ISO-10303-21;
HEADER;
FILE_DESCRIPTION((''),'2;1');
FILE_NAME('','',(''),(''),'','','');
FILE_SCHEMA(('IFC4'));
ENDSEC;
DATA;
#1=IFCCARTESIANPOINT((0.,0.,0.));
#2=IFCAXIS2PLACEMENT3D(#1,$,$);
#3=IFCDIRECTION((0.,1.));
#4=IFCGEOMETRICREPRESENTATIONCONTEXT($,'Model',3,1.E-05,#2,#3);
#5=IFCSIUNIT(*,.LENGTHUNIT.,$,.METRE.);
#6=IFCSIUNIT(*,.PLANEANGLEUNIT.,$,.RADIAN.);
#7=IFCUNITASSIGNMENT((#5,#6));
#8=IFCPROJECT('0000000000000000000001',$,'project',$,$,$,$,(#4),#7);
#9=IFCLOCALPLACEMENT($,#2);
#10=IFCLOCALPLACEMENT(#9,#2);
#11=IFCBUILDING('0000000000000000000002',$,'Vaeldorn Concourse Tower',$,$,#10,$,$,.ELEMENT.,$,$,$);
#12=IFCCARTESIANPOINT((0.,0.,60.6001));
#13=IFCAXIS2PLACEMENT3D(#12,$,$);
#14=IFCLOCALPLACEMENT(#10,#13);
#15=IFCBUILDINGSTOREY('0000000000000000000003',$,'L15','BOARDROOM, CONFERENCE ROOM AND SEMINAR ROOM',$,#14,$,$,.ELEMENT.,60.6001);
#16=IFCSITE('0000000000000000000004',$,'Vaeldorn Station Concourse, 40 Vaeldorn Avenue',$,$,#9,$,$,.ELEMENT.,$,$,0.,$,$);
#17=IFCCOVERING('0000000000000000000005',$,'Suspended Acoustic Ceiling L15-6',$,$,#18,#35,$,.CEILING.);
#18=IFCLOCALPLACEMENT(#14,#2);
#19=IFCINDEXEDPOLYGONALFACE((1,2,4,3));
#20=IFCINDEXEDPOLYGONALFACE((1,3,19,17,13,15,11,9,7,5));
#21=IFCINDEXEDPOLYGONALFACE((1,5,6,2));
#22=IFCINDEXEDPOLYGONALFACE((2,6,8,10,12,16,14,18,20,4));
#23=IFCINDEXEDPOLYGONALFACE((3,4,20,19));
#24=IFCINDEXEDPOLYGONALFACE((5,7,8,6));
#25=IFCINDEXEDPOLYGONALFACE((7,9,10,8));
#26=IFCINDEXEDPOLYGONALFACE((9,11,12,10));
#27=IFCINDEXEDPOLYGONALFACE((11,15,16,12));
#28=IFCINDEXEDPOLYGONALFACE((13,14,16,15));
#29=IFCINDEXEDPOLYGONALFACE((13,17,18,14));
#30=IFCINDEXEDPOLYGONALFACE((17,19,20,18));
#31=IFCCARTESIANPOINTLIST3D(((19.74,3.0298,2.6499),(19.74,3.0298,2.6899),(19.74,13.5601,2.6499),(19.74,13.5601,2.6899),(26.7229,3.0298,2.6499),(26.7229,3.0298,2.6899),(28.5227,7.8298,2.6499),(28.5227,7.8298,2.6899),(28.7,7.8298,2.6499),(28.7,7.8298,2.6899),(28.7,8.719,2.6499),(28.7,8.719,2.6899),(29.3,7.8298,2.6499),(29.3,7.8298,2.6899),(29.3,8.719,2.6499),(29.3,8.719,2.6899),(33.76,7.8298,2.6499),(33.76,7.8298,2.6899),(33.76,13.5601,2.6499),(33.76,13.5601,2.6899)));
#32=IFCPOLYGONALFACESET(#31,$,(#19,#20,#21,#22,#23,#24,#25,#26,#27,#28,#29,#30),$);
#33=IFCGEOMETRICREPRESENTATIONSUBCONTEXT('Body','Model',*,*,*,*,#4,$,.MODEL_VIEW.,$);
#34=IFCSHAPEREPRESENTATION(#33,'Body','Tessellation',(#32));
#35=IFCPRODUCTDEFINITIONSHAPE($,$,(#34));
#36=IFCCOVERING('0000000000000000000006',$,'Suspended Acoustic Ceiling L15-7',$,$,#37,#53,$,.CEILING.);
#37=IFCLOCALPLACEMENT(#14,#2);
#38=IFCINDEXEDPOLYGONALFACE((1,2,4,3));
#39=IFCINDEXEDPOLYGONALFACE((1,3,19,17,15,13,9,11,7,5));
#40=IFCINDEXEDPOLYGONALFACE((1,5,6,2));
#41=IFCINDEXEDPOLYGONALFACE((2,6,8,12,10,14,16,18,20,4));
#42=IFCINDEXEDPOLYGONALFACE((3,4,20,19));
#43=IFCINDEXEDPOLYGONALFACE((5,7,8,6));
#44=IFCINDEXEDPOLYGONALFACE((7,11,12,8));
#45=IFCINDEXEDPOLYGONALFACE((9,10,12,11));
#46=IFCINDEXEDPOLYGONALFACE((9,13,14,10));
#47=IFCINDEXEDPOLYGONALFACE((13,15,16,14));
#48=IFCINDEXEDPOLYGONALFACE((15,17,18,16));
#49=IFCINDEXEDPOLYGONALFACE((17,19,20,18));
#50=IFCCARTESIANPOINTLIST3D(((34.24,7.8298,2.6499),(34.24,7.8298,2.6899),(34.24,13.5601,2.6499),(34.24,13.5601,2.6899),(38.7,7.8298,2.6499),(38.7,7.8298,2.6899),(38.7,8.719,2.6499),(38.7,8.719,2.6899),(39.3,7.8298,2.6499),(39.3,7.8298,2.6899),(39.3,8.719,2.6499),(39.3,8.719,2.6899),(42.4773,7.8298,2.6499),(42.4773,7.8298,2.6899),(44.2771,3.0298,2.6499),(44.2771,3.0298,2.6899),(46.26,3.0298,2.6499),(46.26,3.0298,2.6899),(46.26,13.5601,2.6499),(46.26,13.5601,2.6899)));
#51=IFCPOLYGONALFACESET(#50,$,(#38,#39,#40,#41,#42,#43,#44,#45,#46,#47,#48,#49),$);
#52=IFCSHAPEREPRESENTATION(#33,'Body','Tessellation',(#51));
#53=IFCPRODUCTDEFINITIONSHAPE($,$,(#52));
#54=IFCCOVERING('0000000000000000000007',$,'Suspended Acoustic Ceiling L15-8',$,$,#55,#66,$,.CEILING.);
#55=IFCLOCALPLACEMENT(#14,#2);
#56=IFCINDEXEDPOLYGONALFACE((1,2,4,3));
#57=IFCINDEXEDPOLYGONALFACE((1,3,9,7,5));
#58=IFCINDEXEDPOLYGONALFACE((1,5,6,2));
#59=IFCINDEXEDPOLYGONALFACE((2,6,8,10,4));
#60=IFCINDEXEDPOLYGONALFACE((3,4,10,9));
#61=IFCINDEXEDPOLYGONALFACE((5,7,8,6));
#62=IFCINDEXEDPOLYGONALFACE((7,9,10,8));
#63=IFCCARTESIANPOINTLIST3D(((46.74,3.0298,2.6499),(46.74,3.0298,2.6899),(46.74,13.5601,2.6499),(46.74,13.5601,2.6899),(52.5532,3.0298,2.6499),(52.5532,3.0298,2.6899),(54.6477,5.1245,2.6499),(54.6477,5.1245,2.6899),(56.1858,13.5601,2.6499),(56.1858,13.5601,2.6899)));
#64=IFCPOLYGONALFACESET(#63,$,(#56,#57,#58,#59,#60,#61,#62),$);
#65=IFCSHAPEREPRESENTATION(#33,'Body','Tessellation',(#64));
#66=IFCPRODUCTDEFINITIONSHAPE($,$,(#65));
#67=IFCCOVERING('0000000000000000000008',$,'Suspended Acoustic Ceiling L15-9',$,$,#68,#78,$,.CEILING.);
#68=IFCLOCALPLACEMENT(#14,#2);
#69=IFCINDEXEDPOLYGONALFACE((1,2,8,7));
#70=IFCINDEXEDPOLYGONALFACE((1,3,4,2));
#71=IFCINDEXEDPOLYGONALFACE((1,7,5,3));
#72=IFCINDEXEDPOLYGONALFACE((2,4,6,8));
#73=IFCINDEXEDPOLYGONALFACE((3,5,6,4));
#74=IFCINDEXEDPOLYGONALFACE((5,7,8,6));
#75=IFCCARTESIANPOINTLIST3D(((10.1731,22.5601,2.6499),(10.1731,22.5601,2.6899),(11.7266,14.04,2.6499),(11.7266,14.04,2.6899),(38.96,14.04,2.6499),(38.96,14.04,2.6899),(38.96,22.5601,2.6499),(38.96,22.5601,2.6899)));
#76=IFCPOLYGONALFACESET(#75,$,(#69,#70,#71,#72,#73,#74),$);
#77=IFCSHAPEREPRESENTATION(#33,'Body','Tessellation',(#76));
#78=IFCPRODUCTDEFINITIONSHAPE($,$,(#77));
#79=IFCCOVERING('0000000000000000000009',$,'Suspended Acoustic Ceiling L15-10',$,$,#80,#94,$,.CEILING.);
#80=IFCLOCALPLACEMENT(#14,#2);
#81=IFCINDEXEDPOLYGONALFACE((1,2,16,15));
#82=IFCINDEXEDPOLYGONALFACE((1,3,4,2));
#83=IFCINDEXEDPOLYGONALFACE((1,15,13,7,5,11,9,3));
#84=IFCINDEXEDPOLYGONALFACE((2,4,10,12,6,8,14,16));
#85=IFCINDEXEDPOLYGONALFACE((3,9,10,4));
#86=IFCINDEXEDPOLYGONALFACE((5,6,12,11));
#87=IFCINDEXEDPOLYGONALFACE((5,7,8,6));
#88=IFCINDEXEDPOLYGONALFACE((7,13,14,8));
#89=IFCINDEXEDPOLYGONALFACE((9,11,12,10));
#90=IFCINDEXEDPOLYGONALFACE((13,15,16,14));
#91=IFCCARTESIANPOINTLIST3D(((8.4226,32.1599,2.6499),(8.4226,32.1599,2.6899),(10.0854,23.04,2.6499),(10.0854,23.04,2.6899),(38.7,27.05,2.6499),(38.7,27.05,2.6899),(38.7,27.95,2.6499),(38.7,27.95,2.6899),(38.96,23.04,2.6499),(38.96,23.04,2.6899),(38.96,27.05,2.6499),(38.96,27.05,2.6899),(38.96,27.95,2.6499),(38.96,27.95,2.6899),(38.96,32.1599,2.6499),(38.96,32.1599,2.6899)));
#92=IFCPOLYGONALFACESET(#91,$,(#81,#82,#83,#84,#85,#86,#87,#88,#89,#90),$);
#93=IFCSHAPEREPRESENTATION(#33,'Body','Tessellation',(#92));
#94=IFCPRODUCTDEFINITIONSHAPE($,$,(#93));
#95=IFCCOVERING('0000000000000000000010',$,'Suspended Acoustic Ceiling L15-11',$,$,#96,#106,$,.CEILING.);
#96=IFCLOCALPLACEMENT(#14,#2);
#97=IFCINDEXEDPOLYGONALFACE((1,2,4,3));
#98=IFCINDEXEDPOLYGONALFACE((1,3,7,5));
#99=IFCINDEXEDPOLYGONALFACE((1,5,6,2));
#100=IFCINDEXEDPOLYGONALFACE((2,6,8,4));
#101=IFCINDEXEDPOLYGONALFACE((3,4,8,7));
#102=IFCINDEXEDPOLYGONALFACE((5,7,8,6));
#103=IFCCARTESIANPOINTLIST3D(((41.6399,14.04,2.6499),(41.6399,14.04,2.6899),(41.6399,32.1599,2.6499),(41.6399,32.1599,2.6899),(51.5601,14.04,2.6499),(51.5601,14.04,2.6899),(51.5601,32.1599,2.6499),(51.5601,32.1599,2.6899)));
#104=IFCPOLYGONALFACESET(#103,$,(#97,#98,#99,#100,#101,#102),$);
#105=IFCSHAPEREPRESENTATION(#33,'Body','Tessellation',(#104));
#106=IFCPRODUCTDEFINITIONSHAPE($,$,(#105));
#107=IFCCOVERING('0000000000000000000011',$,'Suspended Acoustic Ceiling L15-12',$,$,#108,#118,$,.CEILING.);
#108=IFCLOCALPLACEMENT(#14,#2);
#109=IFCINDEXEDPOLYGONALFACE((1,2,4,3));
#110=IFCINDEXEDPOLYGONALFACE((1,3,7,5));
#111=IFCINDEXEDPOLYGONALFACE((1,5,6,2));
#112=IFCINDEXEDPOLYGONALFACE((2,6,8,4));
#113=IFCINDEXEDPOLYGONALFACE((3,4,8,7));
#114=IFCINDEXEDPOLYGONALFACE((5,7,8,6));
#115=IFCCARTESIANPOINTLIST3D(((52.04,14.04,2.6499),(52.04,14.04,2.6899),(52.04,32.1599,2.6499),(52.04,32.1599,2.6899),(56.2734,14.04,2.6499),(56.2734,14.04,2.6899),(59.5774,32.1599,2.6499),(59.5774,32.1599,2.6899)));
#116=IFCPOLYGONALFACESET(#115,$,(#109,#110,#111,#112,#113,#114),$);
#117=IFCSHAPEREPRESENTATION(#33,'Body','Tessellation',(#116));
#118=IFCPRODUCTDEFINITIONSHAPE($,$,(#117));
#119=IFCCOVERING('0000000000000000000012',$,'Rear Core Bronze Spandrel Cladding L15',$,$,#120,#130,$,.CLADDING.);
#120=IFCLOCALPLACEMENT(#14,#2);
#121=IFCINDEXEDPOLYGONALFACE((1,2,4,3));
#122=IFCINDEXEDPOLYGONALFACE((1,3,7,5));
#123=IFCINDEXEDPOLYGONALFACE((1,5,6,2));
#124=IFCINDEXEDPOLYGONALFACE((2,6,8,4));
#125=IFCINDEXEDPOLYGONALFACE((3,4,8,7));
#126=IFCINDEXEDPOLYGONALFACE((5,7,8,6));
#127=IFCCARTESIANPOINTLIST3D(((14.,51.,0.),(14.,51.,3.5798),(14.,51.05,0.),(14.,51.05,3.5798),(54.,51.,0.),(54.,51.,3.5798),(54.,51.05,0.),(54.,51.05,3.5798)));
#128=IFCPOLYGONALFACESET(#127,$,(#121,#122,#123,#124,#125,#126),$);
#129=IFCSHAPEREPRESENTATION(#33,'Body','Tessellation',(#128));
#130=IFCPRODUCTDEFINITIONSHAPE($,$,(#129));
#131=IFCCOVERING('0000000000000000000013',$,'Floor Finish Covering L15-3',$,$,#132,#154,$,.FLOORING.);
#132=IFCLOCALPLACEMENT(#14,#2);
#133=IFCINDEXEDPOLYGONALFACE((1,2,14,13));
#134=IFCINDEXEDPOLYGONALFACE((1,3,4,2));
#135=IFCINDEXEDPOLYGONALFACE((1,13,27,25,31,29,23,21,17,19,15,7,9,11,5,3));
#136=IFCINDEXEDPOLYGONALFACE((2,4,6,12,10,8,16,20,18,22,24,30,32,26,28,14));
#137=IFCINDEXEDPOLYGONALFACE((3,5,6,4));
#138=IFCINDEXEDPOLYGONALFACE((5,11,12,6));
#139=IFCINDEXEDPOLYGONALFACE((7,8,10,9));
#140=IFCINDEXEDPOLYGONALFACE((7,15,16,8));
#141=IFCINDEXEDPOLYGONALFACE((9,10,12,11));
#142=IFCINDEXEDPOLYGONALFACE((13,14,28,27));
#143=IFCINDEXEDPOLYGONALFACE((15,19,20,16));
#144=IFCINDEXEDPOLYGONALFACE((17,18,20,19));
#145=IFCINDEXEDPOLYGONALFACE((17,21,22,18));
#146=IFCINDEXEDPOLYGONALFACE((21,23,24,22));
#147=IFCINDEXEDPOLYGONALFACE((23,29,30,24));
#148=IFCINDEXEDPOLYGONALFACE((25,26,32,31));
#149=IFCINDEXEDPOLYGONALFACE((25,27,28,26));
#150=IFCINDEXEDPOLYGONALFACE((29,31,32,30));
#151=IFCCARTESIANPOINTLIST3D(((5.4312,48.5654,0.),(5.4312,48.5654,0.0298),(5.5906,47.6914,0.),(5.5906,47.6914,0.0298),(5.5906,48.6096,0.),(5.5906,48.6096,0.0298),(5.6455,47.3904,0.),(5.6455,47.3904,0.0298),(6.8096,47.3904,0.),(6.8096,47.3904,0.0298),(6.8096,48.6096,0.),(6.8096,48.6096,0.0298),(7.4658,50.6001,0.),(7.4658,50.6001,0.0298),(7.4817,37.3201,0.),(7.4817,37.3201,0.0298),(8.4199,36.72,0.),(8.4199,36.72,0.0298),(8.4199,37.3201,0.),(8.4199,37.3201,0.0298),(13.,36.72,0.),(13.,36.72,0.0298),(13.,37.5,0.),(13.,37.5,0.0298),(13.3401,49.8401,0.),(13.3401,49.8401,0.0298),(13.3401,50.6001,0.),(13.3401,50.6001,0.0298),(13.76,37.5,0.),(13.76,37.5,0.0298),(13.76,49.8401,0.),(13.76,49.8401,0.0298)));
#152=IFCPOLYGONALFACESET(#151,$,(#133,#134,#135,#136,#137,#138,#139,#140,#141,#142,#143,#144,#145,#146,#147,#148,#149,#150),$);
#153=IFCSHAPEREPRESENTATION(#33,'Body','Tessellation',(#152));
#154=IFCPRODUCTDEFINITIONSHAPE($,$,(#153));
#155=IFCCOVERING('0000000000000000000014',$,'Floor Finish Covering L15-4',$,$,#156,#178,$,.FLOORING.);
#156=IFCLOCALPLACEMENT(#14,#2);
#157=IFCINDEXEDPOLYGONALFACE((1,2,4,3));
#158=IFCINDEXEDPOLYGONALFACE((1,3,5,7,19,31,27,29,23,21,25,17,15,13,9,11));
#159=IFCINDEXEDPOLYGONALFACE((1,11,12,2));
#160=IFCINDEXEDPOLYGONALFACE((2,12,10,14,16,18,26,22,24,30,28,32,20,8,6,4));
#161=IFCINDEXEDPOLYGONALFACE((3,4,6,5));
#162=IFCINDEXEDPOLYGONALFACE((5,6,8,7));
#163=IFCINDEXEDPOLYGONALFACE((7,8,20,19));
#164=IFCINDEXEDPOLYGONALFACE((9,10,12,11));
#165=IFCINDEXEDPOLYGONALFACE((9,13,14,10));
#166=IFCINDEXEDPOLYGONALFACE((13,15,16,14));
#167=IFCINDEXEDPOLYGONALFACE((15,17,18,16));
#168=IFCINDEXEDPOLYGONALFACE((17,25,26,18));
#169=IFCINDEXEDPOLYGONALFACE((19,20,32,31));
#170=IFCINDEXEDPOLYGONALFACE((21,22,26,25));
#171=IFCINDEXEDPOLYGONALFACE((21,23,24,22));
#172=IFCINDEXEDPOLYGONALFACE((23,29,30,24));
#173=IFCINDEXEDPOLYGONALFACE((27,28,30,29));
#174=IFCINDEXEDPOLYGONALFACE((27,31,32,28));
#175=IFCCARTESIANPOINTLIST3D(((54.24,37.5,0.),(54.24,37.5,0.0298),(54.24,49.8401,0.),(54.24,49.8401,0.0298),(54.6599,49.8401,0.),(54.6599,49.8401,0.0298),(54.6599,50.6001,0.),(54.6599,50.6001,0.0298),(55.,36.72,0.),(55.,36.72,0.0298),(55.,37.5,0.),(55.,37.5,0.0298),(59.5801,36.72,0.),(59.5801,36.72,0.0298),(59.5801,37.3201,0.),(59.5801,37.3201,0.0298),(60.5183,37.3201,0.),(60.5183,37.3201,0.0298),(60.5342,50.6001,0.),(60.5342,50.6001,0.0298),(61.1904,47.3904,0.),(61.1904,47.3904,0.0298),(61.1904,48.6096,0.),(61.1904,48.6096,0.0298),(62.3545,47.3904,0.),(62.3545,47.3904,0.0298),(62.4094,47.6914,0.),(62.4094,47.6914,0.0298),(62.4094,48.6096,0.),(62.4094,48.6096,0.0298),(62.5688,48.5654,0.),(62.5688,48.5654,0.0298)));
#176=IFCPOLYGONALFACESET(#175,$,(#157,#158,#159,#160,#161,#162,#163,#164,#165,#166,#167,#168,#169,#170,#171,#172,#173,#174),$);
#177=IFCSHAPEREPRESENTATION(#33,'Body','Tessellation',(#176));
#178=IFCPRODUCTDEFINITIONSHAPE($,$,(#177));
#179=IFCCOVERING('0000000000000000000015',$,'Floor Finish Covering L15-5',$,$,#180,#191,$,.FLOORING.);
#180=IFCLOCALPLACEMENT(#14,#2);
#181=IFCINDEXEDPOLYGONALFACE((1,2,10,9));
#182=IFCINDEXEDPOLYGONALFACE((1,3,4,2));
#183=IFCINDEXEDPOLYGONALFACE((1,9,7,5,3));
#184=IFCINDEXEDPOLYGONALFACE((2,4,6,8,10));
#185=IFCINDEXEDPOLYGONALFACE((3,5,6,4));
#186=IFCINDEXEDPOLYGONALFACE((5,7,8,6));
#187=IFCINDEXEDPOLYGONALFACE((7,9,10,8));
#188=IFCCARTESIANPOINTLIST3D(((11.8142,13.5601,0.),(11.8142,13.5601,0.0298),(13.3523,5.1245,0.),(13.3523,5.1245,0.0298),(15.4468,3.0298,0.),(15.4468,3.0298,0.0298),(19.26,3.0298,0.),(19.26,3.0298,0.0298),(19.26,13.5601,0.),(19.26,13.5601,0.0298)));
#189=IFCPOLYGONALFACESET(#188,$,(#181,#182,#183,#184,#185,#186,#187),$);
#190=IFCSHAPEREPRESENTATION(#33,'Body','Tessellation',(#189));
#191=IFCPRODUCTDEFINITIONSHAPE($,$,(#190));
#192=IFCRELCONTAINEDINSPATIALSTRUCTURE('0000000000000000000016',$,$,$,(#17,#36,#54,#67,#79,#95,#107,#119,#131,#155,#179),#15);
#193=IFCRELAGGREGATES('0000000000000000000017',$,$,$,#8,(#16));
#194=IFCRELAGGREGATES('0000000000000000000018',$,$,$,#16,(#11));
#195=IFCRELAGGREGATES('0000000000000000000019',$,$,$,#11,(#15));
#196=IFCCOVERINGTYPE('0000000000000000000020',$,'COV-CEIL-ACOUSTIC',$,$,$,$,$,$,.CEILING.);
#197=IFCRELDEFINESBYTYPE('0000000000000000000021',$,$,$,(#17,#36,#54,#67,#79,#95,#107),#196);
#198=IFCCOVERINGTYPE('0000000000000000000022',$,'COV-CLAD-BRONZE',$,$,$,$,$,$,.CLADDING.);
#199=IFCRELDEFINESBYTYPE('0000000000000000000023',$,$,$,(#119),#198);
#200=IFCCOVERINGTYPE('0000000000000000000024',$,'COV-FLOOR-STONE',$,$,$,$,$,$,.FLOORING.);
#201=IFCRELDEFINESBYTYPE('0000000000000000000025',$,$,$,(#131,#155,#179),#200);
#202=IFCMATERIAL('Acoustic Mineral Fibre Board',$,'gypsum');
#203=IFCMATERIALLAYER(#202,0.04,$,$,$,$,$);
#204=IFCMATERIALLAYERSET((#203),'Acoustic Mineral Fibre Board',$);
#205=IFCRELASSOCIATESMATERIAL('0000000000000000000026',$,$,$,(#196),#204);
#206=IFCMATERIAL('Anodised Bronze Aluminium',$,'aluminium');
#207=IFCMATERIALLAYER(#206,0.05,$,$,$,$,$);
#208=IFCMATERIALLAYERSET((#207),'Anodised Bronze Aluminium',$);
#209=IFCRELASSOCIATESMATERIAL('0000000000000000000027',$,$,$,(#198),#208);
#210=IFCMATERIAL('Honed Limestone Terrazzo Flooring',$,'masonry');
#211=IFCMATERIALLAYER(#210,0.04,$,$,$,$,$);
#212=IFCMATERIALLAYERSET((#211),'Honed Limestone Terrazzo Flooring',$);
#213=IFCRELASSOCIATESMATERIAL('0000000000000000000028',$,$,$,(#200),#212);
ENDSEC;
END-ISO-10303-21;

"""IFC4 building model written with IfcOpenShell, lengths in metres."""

from ifc_helpers import new_model, si_unit, direction, frame, origin, place, context, subcontext, project, spatial, polyline, outline, extrude, material, layer, layer_set, type_object, element, save


model = new_model("IFC4")

# Units and contexts
model_context = context("Model", 3, precision=1e-05, world=origin(), true_north=direction((0.0, 1.0)))
body_context = subcontext(model_context, "Body", "Model", "MODEL_VIEW")
ifc_project = project(units=[si_unit("LENGTHUNIT", "METRE"), si_unit("PLANEANGLEUNIT", "RADIAN")], contexts=[model_context])

# Site, building, storey
site_placement = place(None, origin())
site = spatial("IfcSite", under=ifc_project, at=site_placement, Name="Vaeldorn Station Concourse, 40 Vaeldorn Avenue", CompositionType="ELEMENT", RefElevation=0.0)
building_placement = place(site_placement, origin())
building = spatial("IfcBuilding", under=site, at=building_placement, Name="Vaeldorn Concourse Tower", CompositionType="ELEMENT")
storey_placement = place(building_placement, frame((0.0, 0.0, 60.6001)))
storey = spatial("IfcBuildingStorey", under=building, at=storey_placement, Name="L15", Description="BOARDROOM, CONFERENCE ROOM AND SEMINAR ROOM", CompositionType="ELEMENT", Elevation=60.6001)

# Coverings
ifc_material_1 = material(Name="Acoustic Mineral Fibre Board", Category="gypsum")
ifc_layer_1 = layer(ifc_material_1, 0.04)
ifc_layer_set_1 = layer_set([ifc_layer_1], Name="Acoustic Mineral Fibre Board")
covering_type_1 = type_object("IfcCoveringType", Name="COV-CEIL-ACOUSTIC", PredefinedType="CEILING", material=ifc_layer_set_1)
covering_1_placement = place(storey_placement, frame((0.0, 0.0, 2.6499)))
element("IfcCovering", 1, at=covering_1_placement, inside=storey, type_object=covering_type_1, Name="Suspended Acoustic Ceiling L15-6", PredefinedType="CEILING", context=body_context, shape_type="SweptSolid", body=[
    extrude(outline(polyline([(26.7229, 3.0298), (19.74, 3.0298), (19.74, 13.5601), (33.76, 13.5601), (33.76, 7.8298), (29.3, 7.8298), (29.3, 8.719), (28.7, 8.719), (28.7, 7.8298), (28.5227, 7.8298), (26.7229, 3.0298)])), origin(), (0.0, 0.0, 1.0), 0.04),
])
covering_2_placement = place(storey_placement, frame((0.0, 0.0, 2.6499)))
element("IfcCovering", 2, at=covering_2_placement, inside=storey, type_object=covering_type_1, Name="Suspended Acoustic Ceiling L15-7", PredefinedType="CEILING", context=body_context, shape_type="SweptSolid", body=[
    extrude(outline(polyline([(34.24, 13.5601), (46.26, 13.5601), (46.26, 3.0298), (44.2771, 3.0298), (42.4773, 7.8298), (39.3, 7.8298), (39.3, 8.719), (38.7, 8.719), (38.7, 7.8298), (34.24, 7.8298), (34.24, 13.5601)])), origin(), (0.0, 0.0, 1.0), 0.04),
])
covering_3_placement = place(storey_placement, frame((0.0, 0.0, 2.6499)))
element("IfcCovering", 3, at=covering_3_placement, inside=storey, type_object=covering_type_1, Name="Suspended Acoustic Ceiling L15-8", PredefinedType="CEILING", context=body_context, shape_type="SweptSolid", body=[
    extrude(outline(polyline([(52.5532, 3.0298), (46.74, 3.0298), (46.74, 13.5601), (56.1858, 13.5601), (54.6477, 5.1245), (52.5532, 3.0298)])), origin(), (0.0, 0.0, 1.0), 0.04),
])
covering_4_placement = place(storey_placement, frame((0.0, 0.0, 2.6499)))
element("IfcCovering", 4, at=covering_4_placement, inside=storey, type_object=covering_type_1, Name="Suspended Acoustic Ceiling L15-9", PredefinedType="CEILING", context=body_context, shape_type="SweptSolid", body=[
    extrude(outline(polyline([(38.96, 22.5601), (38.96, 14.04), (11.7266, 14.04), (10.1731, 22.5601), (38.96, 22.5601)])), origin(), (0.0, 0.0, 1.0), 0.04),
])
covering_5_placement = place(storey_placement, frame((0.0, 0.0, 2.6499)))
element("IfcCovering", 5, at=covering_5_placement, inside=storey, type_object=covering_type_1, Name="Suspended Acoustic Ceiling L15-10", PredefinedType="CEILING", context=body_context, shape_type="SweptSolid", body=[
    extrude(outline(polyline([(38.96, 32.1599), (38.96, 27.95), (38.7, 27.95), (38.7, 27.05), (38.96, 27.05), (38.96, 23.04), (10.0854, 23.04), (8.4226, 32.1599), (38.96, 32.1599)])), origin(), (0.0, 0.0, 1.0), 0.04),
])
covering_6_placement = place(storey_placement, frame((0.0, 0.0, 2.6499)))
element("IfcCovering", 6, at=covering_6_placement, inside=storey, type_object=covering_type_1, Name="Suspended Acoustic Ceiling L15-11", PredefinedType="CEILING", context=body_context, shape_type="SweptSolid", body=[
    extrude(outline(polyline([(41.6399, 32.1599), (51.5601, 32.1599), (51.5601, 14.04), (41.6399, 14.04), (41.6399, 32.1599)])), origin(), (0.0, 0.0, 1.0), 0.04),
])
covering_7_placement = place(storey_placement, frame((0.0, 0.0, 2.6499)))
element("IfcCovering", 7, at=covering_7_placement, inside=storey, type_object=covering_type_1, Name="Suspended Acoustic Ceiling L15-12", PredefinedType="CEILING", context=body_context, shape_type="SweptSolid", body=[
    extrude(outline(polyline([(52.04, 14.04), (52.04, 32.1599), (59.5774, 32.1599), (56.2734, 14.04), (52.04, 14.04)])), origin(), (0.0, 0.0, 1.0), 0.04),
])
ifc_material_2 = material(Name="Anodised Bronze Aluminium", Category="aluminium")
ifc_layer_2 = layer(ifc_material_2, 0.05)
ifc_layer_set_2 = layer_set([ifc_layer_2], Name="Anodised Bronze Aluminium")
covering_type_2 = type_object("IfcCoveringType", Name="COV-CLAD-BRONZE", PredefinedType="CLADDING", material=ifc_layer_set_2)
covering_8_placement = place(storey_placement, origin())
element("IfcCovering", 8, at=covering_8_placement, inside=storey, type_object=covering_type_2, Name="Rear Core Bronze Spandrel Cladding L15", PredefinedType="CLADDING", context=body_context, shape_type="SweptSolid", body=[
    extrude(outline(polyline([(14.0, 51.0), (54.0, 51.0), (54.0, 51.05), (14.0, 51.05), (14.0, 51.0)])), origin(), (0.0, 0.0, 1.0), 3.5798),
])
ifc_material_3 = material(Name="Honed Limestone Terrazzo Flooring", Category="masonry")
ifc_layer_3 = layer(ifc_material_3, 0.04)
ifc_layer_set_3 = layer_set([ifc_layer_3], Name="Honed Limestone Terrazzo Flooring")
covering_type_3 = type_object("IfcCoveringType", Name="COV-FLOOR-STONE", PredefinedType="FLOORING", material=ifc_layer_set_3)
covering_9_placement = place(storey_placement, origin())
element("IfcCovering", 9, at=covering_9_placement, inside=storey, type_object=covering_type_3, Name="Floor Finish Covering L15-3", PredefinedType="FLOORING", context=body_context, shape_type="SweptSolid", body=[
    extrude(outline(polyline([(7.4658, 50.6001), (13.3401, 50.6001), (13.3401, 49.8401), (13.76, 49.8401), (13.76, 37.5), (13.0, 37.5), (13.0, 36.72), (8.4199, 36.72), (8.4199, 37.3201), (7.4817, 37.3201), (5.6455, 47.3904), (6.8096, 47.3904), (6.8096, 48.6096), (5.5906, 48.6096), (5.5906, 47.6914), (5.4312, 48.5654), (7.4658, 50.6001)])), origin(), (0.0, 0.0, 1.0), 0.0298),
])
covering_10_placement = place(storey_placement, origin())
element("IfcCovering", 10, at=covering_10_placement, inside=storey, type_object=covering_type_3, Name="Floor Finish Covering L15-4", PredefinedType="FLOORING", context=body_context, shape_type="SweptSolid", body=[
    extrude(outline(polyline([(54.6599, 49.8401), (54.6599, 50.6001), (60.5342, 50.6001), (62.5688, 48.5654), (62.4094, 47.6914), (62.4094, 48.6096), (61.1904, 48.6096), (61.1904, 47.3904), (62.3545, 47.3904), (60.5183, 37.3201), (59.5801, 37.3201), (59.5801, 36.72), (55.0, 36.72), (55.0, 37.5), (54.24, 37.5), (54.24, 49.8401), (54.6599, 49.8401)])), origin(), (0.0, 0.0, 1.0), 0.0298),
])
covering_11_placement = place(storey_placement, origin())
element("IfcCovering", 11, at=covering_11_placement, inside=storey, type_object=covering_type_3, Name="Floor Finish Covering L15-5", PredefinedType="FLOORING", context=body_context, shape_type="SweptSolid", body=[
    extrude(outline(polyline([(19.26, 13.5601), (19.26, 3.0298), (15.4468, 3.0298), (13.3523, 5.1245), (11.8142, 13.5601), (19.26, 13.5601)])), origin(), (0.0, 0.0, 1.0), 0.0298),
])

save(model, "model.ifc")
